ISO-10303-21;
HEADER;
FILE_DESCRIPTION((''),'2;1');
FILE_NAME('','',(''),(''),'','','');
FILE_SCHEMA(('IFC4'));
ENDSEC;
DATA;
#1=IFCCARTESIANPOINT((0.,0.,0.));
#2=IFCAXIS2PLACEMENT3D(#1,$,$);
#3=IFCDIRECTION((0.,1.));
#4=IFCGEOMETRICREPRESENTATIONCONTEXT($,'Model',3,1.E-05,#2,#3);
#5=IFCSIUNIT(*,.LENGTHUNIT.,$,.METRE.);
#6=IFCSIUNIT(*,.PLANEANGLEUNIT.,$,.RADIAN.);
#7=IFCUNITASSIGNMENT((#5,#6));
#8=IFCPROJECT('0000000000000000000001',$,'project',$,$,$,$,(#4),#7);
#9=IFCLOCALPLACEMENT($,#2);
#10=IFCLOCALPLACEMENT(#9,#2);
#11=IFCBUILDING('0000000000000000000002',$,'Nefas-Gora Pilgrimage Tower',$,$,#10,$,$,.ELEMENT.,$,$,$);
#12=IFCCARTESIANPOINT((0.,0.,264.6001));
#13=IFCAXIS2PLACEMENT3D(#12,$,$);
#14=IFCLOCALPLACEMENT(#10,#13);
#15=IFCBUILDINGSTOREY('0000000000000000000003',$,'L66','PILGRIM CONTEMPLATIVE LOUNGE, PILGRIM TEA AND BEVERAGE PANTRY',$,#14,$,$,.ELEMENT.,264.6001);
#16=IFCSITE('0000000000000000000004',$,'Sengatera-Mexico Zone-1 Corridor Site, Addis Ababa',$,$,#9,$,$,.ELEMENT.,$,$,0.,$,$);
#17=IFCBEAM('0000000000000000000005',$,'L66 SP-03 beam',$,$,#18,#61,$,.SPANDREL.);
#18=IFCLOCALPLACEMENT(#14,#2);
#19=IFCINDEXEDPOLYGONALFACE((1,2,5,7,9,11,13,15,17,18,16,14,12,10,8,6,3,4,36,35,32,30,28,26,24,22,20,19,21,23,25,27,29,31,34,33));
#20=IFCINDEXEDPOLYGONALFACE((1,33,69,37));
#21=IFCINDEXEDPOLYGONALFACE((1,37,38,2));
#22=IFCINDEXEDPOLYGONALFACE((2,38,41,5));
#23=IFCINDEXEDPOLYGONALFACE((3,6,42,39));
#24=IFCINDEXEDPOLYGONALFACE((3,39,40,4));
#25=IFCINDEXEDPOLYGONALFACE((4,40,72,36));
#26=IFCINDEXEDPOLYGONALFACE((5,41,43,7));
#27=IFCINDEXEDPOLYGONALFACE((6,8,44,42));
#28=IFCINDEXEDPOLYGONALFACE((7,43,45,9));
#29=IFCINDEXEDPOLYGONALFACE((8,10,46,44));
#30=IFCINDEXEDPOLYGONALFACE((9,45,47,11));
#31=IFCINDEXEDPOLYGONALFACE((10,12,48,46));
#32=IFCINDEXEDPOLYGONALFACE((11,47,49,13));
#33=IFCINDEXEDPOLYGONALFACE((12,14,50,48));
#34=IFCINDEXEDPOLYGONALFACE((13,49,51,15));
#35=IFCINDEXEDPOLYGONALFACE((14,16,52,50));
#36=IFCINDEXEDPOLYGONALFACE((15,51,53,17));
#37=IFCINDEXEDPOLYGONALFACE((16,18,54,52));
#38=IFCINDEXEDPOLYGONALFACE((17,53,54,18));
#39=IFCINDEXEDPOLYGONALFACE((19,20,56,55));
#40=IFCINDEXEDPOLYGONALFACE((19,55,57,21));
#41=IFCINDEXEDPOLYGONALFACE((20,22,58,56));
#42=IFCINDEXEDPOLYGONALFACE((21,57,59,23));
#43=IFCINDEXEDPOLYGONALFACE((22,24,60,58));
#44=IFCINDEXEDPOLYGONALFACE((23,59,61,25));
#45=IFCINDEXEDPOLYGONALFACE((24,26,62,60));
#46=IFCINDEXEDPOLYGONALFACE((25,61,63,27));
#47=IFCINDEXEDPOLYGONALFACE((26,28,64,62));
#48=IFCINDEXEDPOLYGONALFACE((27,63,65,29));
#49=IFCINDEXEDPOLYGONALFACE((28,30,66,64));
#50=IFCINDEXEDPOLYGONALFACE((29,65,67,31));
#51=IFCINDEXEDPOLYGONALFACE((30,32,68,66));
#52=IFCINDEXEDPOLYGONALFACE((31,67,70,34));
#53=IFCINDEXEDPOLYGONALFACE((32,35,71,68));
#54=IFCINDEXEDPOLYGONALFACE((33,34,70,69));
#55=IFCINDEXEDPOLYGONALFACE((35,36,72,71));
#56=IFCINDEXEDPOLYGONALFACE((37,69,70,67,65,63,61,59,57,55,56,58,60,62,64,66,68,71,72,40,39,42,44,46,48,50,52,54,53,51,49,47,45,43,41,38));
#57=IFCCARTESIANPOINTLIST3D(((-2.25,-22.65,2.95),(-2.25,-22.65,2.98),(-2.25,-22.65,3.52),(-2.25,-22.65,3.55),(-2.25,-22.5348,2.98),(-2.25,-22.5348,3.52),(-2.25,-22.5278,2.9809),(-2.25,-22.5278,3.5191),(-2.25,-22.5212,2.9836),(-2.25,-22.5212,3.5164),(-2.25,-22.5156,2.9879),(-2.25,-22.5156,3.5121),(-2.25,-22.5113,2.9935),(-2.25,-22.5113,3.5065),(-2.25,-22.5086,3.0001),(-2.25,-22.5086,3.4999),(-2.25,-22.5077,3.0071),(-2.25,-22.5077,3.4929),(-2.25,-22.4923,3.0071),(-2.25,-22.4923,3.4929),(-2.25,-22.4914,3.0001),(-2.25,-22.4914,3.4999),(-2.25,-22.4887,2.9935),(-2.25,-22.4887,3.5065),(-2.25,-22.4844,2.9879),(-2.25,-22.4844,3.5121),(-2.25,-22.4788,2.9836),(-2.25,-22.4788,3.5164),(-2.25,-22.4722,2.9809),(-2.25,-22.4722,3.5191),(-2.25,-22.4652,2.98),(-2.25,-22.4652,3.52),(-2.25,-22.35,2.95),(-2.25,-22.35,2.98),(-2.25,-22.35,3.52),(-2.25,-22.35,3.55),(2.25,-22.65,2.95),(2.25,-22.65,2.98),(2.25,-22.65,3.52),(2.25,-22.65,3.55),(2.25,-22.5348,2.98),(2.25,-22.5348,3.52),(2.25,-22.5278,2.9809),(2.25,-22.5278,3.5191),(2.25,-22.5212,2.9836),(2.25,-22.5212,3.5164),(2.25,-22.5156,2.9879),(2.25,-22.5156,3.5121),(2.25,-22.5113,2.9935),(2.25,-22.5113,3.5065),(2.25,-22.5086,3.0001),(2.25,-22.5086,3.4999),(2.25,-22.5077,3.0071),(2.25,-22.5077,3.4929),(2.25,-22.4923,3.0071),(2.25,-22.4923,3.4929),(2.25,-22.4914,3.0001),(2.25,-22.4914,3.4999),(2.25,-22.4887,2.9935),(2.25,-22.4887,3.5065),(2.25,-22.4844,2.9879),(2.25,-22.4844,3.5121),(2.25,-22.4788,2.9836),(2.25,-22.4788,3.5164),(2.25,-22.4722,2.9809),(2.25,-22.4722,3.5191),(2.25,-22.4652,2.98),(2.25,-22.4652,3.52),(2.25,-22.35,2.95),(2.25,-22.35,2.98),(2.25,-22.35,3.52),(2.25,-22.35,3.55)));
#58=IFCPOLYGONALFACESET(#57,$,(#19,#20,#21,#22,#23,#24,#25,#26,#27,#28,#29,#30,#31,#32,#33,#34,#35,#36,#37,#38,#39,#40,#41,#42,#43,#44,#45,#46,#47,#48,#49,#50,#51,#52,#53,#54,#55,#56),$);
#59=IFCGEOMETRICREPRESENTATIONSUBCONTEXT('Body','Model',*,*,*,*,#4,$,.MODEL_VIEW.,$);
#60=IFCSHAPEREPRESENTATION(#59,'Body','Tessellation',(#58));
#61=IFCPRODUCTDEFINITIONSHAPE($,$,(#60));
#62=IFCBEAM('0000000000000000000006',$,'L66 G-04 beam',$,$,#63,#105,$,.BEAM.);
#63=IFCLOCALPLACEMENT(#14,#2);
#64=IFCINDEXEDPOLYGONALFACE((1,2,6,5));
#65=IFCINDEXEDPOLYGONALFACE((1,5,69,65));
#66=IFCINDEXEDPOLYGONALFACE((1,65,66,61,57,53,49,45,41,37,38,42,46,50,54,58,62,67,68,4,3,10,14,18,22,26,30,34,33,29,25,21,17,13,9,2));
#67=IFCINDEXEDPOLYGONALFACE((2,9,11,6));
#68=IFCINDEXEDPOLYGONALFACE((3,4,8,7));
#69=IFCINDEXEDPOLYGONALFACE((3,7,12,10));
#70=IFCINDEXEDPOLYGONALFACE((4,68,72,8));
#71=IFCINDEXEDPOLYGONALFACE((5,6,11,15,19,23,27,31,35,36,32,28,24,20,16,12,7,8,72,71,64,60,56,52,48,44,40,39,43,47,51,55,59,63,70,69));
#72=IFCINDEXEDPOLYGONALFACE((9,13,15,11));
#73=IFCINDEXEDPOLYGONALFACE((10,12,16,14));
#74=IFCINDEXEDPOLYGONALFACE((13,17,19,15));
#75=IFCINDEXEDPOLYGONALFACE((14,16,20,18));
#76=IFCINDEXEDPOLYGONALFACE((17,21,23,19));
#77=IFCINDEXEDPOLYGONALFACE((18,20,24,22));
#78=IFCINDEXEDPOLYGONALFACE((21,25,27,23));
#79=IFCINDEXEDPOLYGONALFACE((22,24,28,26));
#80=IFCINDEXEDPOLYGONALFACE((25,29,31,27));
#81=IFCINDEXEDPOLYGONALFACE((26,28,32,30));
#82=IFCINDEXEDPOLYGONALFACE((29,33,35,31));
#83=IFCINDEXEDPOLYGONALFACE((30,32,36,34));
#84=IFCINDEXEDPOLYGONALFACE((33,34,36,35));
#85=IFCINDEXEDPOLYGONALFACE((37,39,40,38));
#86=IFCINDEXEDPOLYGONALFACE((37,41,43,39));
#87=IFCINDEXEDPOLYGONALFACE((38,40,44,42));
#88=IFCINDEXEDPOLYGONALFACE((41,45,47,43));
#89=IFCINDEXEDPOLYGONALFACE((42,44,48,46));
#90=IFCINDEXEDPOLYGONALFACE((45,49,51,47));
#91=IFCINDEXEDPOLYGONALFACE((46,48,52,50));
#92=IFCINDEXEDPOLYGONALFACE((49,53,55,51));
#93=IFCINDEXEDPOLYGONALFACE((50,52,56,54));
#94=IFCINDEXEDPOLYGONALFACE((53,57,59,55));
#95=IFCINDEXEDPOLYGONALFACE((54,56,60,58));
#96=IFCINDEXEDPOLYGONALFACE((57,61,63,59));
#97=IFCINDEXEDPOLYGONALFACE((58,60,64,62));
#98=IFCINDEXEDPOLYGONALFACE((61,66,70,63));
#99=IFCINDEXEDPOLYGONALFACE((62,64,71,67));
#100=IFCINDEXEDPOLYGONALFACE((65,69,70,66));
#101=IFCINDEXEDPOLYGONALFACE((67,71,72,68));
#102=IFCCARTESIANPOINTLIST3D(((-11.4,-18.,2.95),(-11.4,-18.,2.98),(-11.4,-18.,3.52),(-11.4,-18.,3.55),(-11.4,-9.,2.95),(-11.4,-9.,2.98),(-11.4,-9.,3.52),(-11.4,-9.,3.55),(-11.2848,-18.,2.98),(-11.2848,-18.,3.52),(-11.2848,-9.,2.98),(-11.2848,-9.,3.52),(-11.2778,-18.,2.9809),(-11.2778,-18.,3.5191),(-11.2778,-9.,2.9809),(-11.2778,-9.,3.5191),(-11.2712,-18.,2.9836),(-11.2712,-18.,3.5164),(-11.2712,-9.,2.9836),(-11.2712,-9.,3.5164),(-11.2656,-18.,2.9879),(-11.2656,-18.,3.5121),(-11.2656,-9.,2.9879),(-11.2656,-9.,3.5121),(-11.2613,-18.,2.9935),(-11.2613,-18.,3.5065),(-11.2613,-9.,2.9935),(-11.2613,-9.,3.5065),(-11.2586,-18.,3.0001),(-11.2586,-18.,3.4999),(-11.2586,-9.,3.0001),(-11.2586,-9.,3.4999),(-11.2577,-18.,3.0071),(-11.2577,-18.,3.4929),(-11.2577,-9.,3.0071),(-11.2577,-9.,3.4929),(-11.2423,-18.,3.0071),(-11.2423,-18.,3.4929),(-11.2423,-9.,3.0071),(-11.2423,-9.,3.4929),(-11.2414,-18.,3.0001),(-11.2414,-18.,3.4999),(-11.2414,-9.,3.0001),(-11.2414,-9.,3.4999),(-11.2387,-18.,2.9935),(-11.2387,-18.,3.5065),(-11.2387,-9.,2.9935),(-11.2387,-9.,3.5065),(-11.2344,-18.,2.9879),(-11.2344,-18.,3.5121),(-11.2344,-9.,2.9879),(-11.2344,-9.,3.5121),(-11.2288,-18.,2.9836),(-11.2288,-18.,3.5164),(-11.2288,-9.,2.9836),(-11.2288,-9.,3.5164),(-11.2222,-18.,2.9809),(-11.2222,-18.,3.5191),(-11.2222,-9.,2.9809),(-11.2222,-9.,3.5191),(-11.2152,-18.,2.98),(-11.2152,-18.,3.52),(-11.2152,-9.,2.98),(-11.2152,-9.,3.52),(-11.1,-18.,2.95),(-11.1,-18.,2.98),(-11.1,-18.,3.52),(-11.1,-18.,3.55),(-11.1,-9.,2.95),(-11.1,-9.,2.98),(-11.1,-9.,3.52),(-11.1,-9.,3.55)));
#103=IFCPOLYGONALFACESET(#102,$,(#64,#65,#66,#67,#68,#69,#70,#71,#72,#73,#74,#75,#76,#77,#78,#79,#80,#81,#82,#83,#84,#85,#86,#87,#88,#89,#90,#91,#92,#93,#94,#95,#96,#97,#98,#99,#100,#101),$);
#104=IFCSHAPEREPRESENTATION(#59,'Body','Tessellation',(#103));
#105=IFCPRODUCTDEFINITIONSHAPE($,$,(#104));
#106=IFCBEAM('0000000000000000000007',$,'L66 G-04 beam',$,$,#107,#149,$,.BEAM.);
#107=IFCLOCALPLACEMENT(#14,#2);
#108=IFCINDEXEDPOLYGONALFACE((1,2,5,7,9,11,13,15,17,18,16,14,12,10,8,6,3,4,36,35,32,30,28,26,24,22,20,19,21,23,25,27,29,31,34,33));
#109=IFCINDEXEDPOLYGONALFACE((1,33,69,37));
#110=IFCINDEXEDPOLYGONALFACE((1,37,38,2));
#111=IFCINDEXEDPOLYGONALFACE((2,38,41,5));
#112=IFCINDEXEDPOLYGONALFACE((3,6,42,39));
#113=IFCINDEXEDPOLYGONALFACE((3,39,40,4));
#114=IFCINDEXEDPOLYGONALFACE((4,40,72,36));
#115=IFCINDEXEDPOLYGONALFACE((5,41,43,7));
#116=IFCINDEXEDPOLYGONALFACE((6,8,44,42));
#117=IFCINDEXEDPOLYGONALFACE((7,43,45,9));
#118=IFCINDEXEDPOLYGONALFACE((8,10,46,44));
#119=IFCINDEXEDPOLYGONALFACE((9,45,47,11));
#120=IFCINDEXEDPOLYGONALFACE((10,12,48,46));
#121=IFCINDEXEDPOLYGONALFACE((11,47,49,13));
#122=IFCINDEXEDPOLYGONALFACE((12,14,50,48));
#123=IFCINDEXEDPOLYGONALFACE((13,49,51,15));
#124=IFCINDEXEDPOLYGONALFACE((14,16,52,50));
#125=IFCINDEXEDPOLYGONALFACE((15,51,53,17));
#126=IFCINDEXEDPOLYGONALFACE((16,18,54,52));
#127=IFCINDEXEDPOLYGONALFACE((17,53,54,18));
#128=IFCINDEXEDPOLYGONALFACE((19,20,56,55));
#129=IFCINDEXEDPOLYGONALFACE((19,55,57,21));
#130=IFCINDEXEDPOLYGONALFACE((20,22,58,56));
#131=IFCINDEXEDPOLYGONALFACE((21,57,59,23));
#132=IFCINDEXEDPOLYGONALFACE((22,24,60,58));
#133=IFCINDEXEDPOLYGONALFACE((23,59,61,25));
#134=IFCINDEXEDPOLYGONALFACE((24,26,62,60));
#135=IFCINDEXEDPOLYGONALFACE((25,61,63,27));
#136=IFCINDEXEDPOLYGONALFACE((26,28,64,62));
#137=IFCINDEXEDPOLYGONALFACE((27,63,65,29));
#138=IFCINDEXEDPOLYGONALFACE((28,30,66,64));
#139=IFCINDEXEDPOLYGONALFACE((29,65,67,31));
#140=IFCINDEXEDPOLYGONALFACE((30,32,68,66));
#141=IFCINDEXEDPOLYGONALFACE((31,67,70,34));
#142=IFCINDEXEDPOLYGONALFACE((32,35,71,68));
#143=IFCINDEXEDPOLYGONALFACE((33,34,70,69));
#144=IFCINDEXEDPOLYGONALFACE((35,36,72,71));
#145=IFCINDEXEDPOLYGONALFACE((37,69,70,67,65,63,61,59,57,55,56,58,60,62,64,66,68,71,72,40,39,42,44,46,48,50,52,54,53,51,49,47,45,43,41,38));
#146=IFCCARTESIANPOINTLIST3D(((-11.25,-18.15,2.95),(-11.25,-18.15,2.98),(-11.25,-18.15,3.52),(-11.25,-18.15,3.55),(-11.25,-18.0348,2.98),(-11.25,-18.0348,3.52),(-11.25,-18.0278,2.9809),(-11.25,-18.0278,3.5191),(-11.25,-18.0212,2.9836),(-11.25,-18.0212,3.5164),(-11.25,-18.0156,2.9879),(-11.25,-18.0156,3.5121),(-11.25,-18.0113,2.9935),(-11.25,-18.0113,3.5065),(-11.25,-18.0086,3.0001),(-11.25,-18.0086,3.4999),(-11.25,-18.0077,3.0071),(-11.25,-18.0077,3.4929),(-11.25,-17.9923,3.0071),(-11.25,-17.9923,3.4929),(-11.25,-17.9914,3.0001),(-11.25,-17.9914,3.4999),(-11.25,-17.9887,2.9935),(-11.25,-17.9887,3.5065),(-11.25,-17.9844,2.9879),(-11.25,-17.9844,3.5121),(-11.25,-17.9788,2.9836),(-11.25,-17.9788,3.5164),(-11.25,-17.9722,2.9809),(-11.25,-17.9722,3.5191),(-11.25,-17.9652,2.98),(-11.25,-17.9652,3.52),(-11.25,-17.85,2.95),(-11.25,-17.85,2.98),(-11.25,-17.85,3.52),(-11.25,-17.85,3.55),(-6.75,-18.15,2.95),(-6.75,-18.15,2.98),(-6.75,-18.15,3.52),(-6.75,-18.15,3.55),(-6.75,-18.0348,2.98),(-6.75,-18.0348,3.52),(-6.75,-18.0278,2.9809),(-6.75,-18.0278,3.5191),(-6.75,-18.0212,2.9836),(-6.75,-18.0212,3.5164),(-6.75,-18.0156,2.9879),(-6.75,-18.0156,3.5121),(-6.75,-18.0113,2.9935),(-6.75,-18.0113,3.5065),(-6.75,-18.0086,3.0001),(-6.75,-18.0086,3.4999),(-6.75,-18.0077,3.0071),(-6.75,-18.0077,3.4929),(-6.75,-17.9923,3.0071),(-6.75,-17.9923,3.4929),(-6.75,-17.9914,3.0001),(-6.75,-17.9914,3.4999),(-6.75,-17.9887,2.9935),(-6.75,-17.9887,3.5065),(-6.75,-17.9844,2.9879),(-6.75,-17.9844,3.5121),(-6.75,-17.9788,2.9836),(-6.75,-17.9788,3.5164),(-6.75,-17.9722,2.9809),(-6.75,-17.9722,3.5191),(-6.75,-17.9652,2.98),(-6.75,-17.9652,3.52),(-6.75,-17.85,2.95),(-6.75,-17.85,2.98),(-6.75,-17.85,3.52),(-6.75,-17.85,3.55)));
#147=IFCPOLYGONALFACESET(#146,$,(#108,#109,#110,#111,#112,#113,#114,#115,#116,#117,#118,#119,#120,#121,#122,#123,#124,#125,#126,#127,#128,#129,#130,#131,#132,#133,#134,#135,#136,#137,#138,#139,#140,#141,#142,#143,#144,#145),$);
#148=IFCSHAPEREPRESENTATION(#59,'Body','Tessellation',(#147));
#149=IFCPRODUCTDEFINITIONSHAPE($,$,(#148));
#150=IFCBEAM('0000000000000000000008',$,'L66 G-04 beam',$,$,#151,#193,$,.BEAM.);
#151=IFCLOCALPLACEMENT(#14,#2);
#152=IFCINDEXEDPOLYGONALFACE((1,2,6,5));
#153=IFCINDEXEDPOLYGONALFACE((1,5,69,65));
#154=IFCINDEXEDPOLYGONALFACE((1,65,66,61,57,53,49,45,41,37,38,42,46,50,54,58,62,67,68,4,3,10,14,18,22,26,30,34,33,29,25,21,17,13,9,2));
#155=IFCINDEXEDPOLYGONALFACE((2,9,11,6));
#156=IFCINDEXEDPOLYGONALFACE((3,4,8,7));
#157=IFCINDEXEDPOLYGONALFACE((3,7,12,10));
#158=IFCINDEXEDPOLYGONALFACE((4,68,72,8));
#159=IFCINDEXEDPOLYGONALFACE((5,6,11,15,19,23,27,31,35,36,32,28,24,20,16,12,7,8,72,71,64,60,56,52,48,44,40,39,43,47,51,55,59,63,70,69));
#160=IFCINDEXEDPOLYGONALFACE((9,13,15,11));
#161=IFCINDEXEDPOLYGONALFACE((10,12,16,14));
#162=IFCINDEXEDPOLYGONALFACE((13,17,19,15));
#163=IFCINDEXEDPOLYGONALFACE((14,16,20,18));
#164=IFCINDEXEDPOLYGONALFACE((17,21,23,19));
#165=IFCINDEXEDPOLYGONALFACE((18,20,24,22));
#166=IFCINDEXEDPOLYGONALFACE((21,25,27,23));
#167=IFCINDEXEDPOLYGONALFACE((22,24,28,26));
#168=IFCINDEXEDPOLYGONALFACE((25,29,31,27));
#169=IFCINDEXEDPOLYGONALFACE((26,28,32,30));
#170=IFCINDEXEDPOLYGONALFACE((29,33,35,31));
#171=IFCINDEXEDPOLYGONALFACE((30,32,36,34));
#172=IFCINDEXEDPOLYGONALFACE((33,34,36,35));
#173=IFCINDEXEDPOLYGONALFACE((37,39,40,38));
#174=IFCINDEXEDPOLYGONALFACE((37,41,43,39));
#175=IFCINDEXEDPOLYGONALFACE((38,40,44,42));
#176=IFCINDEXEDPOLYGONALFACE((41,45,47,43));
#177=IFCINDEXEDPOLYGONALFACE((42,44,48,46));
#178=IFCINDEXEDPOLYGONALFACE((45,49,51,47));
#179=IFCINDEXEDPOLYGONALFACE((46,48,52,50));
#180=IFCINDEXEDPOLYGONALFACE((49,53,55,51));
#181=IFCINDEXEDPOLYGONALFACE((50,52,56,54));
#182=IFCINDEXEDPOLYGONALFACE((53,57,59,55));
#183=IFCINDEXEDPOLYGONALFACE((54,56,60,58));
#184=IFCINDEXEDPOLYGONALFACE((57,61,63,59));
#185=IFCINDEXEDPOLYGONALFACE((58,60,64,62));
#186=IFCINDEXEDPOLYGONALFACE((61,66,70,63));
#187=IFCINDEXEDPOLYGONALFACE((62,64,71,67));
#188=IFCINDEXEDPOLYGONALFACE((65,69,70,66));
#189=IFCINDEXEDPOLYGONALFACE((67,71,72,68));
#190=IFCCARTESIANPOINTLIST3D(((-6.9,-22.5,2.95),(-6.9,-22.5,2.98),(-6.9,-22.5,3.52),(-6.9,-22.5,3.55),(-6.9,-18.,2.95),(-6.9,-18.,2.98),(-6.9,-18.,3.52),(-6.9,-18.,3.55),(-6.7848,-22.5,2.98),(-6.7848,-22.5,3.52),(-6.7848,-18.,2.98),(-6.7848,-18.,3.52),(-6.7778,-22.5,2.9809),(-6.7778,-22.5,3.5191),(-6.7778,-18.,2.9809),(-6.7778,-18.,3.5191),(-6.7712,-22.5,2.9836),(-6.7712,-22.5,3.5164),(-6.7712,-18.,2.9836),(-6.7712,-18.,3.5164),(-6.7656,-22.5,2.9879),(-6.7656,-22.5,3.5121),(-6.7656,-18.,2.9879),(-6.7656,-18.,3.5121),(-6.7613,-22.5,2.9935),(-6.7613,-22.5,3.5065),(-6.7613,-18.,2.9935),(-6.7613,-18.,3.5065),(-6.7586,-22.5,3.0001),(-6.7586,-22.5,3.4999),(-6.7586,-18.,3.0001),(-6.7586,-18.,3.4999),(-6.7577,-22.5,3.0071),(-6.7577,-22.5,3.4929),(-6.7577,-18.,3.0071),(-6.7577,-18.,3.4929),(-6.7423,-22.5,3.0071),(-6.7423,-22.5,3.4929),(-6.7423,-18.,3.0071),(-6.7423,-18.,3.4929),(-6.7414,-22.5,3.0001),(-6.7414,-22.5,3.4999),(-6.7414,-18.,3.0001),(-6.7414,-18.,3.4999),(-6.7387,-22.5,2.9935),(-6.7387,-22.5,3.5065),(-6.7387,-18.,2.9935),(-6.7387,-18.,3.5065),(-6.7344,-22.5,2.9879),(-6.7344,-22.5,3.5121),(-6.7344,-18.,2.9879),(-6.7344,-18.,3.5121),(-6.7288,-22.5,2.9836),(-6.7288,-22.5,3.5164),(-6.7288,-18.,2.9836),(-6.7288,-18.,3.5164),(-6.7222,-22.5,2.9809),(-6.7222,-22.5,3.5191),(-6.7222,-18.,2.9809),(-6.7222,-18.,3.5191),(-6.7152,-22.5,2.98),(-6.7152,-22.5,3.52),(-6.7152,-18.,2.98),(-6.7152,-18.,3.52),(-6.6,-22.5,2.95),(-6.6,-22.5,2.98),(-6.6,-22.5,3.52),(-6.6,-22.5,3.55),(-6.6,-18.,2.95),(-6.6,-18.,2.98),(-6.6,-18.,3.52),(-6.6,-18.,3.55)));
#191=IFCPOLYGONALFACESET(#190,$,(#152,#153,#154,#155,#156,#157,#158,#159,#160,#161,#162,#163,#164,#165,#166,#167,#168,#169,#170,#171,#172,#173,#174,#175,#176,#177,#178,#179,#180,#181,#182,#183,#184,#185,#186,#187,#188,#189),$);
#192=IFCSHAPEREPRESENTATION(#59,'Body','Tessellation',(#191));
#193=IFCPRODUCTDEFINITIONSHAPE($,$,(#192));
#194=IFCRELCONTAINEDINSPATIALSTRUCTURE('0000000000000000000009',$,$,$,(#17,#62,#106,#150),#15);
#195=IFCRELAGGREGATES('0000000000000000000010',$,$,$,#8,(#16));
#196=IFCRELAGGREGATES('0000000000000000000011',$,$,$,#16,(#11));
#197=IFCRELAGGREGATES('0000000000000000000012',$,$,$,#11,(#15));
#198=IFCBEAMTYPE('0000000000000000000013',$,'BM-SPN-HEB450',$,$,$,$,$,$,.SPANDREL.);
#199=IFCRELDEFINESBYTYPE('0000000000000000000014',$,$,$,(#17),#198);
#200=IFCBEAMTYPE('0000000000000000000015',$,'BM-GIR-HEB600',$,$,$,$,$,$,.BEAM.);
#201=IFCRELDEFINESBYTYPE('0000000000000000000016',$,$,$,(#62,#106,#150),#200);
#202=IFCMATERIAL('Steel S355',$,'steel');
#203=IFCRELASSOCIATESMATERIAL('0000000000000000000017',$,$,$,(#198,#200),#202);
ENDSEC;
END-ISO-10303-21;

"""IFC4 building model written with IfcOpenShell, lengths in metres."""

from ifc_helpers import new_model, si_unit, direction, frame, origin, origin_2d, place, context, subcontext, project, spatial, i_section, extrude, source, transform, mapped, material, material_profile, profile_set, type_object, element, save


model = new_model("IFC4")

# Units and contexts
model_context = context("Model", 3, precision=1e-05, world=origin(), true_north=direction((0.0, 1.0)))
body_context = subcontext(model_context, "Body", "Model", "MODEL_VIEW")
ifc_project = project(units=[si_unit("LENGTHUNIT", "METRE"), si_unit("PLANEANGLEUNIT", "RADIAN")], contexts=[model_context])

# Site, building, storey
site_placement = place(None, origin())
site = spatial("IfcSite", under=ifc_project, at=site_placement, Name="Sengatera-Mexico Zone-1 Corridor Site, Addis Ababa", CompositionType="ELEMENT", RefElevation=0.0)
building_placement = place(site_placement, origin())
building = spatial("IfcBuilding", under=site, at=building_placement, Name="Nefas-Gora Pilgrimage Tower", CompositionType="ELEMENT")
storey_placement = place(building_placement, frame((0.0, 0.0, 264.6001)))
storey = spatial("IfcBuildingStorey", under=building, at=storey_placement, Name="L66", Description="PILGRIM CONTEMPLATIVE LOUNGE, PILGRIM TEA AND BEVERAGE PANTRY", CompositionType="ELEMENT", Elevation=264.6001)

# Shared definitions
ifc_material_1 = material(Name="Steel S355", Category="steel")

# Beams
ifc_material_profile_1 = material_profile(ifc_material_1, i_section(OverallWidth=0.3, OverallDepth=0.6001, WebThickness=0.0154, FlangeThickness=0.03, FilletRadius=0.0271, at=origin_2d()), Name="HEB 600")
ifc_profile_set_1 = profile_set([ifc_material_profile_1], Name="Steel S355")
beam_type_1 = type_object("IfcBeamType", Name="BM-SPN-HEB450", PredefinedType="SPANDREL", material=ifc_profile_set_1)
shared_shape_1 = source(origin(), body_context, "Body", "SweptSolid", [
    extrude(i_section(OverallWidth=0.3, OverallDepth=0.6001, WebThickness=0.0154, FlangeThickness=0.03, FilletRadius=0.0271, at=origin_2d()), origin(), (0.0, 0.0, 1.0), 4.5),
])
for number, where, z_axis, x_axis, name in (
    (1, (-2.25, -22.5, 3.25), (1.0, 0.0, 0.0), (0.0, 1.0, 0.0), "L66 SP-03 beam"),
):
    element("IfcBeam", number, at=place(storey_placement, frame(where, z_axis=z_axis, x_axis=x_axis)), inside=storey, type_object=beam_type_1, Name=name, PredefinedType="SPANDREL", context=body_context, shape_type="MappedRepresentation", body=[
        mapped(shared_shape_1, transform((0.0, 0.0, 0.0), x_axis=(1.0, 0.0, 0.0), y_axis=(0.0, 1.0, 0.0), z_axis=(0.0, 0.0, 1.0), scale=1.0)),
    ])
ifc_material_profile_2 = material_profile(ifc_material_1, i_section(OverallWidth=0.3, OverallDepth=0.6001, WebThickness=0.0154, FlangeThickness=0.03, FilletRadius=0.0271, at=origin_2d()), Name="HEB 600")
ifc_profile_set_2 = profile_set([ifc_material_profile_2], Name="Steel S355")
beam_type_2 = type_object("IfcBeamType", Name="BM-GIR-HEB600", PredefinedType="BEAM", material=ifc_profile_set_2)
shared_shape_2 = source(origin(), body_context, "Body", "SweptSolid", [
    extrude(i_section(OverallWidth=0.3, OverallDepth=0.6001, WebThickness=0.0154, FlangeThickness=0.03, FilletRadius=0.0271, at=origin_2d()), origin(), (0.0, 0.0, 1.0), 9.0),
])
beam_1_placement = place(storey_placement, frame((-11.25, -18.0, 3.25), z_axis=(0.0, 1.0, 0.0), x_axis=(-1.0, 0.0, 0.0)))
element("IfcBeam", 2, at=beam_1_placement, inside=storey, type_object=beam_type_2, Name="L66 G-04 beam", PredefinedType="BEAM", context=body_context, shape_type="MappedRepresentation", body=[
    mapped(shared_shape_2, transform((0.0, 0.0, 0.0), x_axis=(1.0, 0.0, 0.0), y_axis=(0.0, 1.0, 0.0), z_axis=(0.0, 0.0, 1.0), scale=1.0)),
])
shared_shape_3 = source(origin(), body_context, "Body", "SweptSolid", [
    extrude(i_section(OverallWidth=0.3, OverallDepth=0.6001, WebThickness=0.0154, FlangeThickness=0.03, FilletRadius=0.0271, at=origin_2d()), origin(), (0.0, 0.0, 1.0), 4.5),
])
for number, where, z_axis, x_axis, name in (
    (3, (-11.25, -18.0, 3.25), (1.0, 0.0, 0.0), (0.0, 1.0, 0.0), "L66 G-04 beam"),
    (4, (-6.75, -22.5, 3.25), (0.0, 1.0, 0.0), (-1.0, 0.0, 0.0), "L66 G-04 beam"),
):
    element("IfcBeam", number, at=place(storey_placement, frame(where, z_axis=z_axis, x_axis=x_axis)), inside=storey, type_object=beam_type_2, Name=name, PredefinedType="BEAM", context=body_context, shape_type="MappedRepresentation", body=[
        mapped(shared_shape_3, transform((0.0, 0.0, 0.0), x_axis=(1.0, 0.0, 0.0), y_axis=(0.0, 1.0, 0.0), z_axis=(0.0, 0.0, 1.0), scale=1.0)),
    ])

save(model, "model.ifc")
